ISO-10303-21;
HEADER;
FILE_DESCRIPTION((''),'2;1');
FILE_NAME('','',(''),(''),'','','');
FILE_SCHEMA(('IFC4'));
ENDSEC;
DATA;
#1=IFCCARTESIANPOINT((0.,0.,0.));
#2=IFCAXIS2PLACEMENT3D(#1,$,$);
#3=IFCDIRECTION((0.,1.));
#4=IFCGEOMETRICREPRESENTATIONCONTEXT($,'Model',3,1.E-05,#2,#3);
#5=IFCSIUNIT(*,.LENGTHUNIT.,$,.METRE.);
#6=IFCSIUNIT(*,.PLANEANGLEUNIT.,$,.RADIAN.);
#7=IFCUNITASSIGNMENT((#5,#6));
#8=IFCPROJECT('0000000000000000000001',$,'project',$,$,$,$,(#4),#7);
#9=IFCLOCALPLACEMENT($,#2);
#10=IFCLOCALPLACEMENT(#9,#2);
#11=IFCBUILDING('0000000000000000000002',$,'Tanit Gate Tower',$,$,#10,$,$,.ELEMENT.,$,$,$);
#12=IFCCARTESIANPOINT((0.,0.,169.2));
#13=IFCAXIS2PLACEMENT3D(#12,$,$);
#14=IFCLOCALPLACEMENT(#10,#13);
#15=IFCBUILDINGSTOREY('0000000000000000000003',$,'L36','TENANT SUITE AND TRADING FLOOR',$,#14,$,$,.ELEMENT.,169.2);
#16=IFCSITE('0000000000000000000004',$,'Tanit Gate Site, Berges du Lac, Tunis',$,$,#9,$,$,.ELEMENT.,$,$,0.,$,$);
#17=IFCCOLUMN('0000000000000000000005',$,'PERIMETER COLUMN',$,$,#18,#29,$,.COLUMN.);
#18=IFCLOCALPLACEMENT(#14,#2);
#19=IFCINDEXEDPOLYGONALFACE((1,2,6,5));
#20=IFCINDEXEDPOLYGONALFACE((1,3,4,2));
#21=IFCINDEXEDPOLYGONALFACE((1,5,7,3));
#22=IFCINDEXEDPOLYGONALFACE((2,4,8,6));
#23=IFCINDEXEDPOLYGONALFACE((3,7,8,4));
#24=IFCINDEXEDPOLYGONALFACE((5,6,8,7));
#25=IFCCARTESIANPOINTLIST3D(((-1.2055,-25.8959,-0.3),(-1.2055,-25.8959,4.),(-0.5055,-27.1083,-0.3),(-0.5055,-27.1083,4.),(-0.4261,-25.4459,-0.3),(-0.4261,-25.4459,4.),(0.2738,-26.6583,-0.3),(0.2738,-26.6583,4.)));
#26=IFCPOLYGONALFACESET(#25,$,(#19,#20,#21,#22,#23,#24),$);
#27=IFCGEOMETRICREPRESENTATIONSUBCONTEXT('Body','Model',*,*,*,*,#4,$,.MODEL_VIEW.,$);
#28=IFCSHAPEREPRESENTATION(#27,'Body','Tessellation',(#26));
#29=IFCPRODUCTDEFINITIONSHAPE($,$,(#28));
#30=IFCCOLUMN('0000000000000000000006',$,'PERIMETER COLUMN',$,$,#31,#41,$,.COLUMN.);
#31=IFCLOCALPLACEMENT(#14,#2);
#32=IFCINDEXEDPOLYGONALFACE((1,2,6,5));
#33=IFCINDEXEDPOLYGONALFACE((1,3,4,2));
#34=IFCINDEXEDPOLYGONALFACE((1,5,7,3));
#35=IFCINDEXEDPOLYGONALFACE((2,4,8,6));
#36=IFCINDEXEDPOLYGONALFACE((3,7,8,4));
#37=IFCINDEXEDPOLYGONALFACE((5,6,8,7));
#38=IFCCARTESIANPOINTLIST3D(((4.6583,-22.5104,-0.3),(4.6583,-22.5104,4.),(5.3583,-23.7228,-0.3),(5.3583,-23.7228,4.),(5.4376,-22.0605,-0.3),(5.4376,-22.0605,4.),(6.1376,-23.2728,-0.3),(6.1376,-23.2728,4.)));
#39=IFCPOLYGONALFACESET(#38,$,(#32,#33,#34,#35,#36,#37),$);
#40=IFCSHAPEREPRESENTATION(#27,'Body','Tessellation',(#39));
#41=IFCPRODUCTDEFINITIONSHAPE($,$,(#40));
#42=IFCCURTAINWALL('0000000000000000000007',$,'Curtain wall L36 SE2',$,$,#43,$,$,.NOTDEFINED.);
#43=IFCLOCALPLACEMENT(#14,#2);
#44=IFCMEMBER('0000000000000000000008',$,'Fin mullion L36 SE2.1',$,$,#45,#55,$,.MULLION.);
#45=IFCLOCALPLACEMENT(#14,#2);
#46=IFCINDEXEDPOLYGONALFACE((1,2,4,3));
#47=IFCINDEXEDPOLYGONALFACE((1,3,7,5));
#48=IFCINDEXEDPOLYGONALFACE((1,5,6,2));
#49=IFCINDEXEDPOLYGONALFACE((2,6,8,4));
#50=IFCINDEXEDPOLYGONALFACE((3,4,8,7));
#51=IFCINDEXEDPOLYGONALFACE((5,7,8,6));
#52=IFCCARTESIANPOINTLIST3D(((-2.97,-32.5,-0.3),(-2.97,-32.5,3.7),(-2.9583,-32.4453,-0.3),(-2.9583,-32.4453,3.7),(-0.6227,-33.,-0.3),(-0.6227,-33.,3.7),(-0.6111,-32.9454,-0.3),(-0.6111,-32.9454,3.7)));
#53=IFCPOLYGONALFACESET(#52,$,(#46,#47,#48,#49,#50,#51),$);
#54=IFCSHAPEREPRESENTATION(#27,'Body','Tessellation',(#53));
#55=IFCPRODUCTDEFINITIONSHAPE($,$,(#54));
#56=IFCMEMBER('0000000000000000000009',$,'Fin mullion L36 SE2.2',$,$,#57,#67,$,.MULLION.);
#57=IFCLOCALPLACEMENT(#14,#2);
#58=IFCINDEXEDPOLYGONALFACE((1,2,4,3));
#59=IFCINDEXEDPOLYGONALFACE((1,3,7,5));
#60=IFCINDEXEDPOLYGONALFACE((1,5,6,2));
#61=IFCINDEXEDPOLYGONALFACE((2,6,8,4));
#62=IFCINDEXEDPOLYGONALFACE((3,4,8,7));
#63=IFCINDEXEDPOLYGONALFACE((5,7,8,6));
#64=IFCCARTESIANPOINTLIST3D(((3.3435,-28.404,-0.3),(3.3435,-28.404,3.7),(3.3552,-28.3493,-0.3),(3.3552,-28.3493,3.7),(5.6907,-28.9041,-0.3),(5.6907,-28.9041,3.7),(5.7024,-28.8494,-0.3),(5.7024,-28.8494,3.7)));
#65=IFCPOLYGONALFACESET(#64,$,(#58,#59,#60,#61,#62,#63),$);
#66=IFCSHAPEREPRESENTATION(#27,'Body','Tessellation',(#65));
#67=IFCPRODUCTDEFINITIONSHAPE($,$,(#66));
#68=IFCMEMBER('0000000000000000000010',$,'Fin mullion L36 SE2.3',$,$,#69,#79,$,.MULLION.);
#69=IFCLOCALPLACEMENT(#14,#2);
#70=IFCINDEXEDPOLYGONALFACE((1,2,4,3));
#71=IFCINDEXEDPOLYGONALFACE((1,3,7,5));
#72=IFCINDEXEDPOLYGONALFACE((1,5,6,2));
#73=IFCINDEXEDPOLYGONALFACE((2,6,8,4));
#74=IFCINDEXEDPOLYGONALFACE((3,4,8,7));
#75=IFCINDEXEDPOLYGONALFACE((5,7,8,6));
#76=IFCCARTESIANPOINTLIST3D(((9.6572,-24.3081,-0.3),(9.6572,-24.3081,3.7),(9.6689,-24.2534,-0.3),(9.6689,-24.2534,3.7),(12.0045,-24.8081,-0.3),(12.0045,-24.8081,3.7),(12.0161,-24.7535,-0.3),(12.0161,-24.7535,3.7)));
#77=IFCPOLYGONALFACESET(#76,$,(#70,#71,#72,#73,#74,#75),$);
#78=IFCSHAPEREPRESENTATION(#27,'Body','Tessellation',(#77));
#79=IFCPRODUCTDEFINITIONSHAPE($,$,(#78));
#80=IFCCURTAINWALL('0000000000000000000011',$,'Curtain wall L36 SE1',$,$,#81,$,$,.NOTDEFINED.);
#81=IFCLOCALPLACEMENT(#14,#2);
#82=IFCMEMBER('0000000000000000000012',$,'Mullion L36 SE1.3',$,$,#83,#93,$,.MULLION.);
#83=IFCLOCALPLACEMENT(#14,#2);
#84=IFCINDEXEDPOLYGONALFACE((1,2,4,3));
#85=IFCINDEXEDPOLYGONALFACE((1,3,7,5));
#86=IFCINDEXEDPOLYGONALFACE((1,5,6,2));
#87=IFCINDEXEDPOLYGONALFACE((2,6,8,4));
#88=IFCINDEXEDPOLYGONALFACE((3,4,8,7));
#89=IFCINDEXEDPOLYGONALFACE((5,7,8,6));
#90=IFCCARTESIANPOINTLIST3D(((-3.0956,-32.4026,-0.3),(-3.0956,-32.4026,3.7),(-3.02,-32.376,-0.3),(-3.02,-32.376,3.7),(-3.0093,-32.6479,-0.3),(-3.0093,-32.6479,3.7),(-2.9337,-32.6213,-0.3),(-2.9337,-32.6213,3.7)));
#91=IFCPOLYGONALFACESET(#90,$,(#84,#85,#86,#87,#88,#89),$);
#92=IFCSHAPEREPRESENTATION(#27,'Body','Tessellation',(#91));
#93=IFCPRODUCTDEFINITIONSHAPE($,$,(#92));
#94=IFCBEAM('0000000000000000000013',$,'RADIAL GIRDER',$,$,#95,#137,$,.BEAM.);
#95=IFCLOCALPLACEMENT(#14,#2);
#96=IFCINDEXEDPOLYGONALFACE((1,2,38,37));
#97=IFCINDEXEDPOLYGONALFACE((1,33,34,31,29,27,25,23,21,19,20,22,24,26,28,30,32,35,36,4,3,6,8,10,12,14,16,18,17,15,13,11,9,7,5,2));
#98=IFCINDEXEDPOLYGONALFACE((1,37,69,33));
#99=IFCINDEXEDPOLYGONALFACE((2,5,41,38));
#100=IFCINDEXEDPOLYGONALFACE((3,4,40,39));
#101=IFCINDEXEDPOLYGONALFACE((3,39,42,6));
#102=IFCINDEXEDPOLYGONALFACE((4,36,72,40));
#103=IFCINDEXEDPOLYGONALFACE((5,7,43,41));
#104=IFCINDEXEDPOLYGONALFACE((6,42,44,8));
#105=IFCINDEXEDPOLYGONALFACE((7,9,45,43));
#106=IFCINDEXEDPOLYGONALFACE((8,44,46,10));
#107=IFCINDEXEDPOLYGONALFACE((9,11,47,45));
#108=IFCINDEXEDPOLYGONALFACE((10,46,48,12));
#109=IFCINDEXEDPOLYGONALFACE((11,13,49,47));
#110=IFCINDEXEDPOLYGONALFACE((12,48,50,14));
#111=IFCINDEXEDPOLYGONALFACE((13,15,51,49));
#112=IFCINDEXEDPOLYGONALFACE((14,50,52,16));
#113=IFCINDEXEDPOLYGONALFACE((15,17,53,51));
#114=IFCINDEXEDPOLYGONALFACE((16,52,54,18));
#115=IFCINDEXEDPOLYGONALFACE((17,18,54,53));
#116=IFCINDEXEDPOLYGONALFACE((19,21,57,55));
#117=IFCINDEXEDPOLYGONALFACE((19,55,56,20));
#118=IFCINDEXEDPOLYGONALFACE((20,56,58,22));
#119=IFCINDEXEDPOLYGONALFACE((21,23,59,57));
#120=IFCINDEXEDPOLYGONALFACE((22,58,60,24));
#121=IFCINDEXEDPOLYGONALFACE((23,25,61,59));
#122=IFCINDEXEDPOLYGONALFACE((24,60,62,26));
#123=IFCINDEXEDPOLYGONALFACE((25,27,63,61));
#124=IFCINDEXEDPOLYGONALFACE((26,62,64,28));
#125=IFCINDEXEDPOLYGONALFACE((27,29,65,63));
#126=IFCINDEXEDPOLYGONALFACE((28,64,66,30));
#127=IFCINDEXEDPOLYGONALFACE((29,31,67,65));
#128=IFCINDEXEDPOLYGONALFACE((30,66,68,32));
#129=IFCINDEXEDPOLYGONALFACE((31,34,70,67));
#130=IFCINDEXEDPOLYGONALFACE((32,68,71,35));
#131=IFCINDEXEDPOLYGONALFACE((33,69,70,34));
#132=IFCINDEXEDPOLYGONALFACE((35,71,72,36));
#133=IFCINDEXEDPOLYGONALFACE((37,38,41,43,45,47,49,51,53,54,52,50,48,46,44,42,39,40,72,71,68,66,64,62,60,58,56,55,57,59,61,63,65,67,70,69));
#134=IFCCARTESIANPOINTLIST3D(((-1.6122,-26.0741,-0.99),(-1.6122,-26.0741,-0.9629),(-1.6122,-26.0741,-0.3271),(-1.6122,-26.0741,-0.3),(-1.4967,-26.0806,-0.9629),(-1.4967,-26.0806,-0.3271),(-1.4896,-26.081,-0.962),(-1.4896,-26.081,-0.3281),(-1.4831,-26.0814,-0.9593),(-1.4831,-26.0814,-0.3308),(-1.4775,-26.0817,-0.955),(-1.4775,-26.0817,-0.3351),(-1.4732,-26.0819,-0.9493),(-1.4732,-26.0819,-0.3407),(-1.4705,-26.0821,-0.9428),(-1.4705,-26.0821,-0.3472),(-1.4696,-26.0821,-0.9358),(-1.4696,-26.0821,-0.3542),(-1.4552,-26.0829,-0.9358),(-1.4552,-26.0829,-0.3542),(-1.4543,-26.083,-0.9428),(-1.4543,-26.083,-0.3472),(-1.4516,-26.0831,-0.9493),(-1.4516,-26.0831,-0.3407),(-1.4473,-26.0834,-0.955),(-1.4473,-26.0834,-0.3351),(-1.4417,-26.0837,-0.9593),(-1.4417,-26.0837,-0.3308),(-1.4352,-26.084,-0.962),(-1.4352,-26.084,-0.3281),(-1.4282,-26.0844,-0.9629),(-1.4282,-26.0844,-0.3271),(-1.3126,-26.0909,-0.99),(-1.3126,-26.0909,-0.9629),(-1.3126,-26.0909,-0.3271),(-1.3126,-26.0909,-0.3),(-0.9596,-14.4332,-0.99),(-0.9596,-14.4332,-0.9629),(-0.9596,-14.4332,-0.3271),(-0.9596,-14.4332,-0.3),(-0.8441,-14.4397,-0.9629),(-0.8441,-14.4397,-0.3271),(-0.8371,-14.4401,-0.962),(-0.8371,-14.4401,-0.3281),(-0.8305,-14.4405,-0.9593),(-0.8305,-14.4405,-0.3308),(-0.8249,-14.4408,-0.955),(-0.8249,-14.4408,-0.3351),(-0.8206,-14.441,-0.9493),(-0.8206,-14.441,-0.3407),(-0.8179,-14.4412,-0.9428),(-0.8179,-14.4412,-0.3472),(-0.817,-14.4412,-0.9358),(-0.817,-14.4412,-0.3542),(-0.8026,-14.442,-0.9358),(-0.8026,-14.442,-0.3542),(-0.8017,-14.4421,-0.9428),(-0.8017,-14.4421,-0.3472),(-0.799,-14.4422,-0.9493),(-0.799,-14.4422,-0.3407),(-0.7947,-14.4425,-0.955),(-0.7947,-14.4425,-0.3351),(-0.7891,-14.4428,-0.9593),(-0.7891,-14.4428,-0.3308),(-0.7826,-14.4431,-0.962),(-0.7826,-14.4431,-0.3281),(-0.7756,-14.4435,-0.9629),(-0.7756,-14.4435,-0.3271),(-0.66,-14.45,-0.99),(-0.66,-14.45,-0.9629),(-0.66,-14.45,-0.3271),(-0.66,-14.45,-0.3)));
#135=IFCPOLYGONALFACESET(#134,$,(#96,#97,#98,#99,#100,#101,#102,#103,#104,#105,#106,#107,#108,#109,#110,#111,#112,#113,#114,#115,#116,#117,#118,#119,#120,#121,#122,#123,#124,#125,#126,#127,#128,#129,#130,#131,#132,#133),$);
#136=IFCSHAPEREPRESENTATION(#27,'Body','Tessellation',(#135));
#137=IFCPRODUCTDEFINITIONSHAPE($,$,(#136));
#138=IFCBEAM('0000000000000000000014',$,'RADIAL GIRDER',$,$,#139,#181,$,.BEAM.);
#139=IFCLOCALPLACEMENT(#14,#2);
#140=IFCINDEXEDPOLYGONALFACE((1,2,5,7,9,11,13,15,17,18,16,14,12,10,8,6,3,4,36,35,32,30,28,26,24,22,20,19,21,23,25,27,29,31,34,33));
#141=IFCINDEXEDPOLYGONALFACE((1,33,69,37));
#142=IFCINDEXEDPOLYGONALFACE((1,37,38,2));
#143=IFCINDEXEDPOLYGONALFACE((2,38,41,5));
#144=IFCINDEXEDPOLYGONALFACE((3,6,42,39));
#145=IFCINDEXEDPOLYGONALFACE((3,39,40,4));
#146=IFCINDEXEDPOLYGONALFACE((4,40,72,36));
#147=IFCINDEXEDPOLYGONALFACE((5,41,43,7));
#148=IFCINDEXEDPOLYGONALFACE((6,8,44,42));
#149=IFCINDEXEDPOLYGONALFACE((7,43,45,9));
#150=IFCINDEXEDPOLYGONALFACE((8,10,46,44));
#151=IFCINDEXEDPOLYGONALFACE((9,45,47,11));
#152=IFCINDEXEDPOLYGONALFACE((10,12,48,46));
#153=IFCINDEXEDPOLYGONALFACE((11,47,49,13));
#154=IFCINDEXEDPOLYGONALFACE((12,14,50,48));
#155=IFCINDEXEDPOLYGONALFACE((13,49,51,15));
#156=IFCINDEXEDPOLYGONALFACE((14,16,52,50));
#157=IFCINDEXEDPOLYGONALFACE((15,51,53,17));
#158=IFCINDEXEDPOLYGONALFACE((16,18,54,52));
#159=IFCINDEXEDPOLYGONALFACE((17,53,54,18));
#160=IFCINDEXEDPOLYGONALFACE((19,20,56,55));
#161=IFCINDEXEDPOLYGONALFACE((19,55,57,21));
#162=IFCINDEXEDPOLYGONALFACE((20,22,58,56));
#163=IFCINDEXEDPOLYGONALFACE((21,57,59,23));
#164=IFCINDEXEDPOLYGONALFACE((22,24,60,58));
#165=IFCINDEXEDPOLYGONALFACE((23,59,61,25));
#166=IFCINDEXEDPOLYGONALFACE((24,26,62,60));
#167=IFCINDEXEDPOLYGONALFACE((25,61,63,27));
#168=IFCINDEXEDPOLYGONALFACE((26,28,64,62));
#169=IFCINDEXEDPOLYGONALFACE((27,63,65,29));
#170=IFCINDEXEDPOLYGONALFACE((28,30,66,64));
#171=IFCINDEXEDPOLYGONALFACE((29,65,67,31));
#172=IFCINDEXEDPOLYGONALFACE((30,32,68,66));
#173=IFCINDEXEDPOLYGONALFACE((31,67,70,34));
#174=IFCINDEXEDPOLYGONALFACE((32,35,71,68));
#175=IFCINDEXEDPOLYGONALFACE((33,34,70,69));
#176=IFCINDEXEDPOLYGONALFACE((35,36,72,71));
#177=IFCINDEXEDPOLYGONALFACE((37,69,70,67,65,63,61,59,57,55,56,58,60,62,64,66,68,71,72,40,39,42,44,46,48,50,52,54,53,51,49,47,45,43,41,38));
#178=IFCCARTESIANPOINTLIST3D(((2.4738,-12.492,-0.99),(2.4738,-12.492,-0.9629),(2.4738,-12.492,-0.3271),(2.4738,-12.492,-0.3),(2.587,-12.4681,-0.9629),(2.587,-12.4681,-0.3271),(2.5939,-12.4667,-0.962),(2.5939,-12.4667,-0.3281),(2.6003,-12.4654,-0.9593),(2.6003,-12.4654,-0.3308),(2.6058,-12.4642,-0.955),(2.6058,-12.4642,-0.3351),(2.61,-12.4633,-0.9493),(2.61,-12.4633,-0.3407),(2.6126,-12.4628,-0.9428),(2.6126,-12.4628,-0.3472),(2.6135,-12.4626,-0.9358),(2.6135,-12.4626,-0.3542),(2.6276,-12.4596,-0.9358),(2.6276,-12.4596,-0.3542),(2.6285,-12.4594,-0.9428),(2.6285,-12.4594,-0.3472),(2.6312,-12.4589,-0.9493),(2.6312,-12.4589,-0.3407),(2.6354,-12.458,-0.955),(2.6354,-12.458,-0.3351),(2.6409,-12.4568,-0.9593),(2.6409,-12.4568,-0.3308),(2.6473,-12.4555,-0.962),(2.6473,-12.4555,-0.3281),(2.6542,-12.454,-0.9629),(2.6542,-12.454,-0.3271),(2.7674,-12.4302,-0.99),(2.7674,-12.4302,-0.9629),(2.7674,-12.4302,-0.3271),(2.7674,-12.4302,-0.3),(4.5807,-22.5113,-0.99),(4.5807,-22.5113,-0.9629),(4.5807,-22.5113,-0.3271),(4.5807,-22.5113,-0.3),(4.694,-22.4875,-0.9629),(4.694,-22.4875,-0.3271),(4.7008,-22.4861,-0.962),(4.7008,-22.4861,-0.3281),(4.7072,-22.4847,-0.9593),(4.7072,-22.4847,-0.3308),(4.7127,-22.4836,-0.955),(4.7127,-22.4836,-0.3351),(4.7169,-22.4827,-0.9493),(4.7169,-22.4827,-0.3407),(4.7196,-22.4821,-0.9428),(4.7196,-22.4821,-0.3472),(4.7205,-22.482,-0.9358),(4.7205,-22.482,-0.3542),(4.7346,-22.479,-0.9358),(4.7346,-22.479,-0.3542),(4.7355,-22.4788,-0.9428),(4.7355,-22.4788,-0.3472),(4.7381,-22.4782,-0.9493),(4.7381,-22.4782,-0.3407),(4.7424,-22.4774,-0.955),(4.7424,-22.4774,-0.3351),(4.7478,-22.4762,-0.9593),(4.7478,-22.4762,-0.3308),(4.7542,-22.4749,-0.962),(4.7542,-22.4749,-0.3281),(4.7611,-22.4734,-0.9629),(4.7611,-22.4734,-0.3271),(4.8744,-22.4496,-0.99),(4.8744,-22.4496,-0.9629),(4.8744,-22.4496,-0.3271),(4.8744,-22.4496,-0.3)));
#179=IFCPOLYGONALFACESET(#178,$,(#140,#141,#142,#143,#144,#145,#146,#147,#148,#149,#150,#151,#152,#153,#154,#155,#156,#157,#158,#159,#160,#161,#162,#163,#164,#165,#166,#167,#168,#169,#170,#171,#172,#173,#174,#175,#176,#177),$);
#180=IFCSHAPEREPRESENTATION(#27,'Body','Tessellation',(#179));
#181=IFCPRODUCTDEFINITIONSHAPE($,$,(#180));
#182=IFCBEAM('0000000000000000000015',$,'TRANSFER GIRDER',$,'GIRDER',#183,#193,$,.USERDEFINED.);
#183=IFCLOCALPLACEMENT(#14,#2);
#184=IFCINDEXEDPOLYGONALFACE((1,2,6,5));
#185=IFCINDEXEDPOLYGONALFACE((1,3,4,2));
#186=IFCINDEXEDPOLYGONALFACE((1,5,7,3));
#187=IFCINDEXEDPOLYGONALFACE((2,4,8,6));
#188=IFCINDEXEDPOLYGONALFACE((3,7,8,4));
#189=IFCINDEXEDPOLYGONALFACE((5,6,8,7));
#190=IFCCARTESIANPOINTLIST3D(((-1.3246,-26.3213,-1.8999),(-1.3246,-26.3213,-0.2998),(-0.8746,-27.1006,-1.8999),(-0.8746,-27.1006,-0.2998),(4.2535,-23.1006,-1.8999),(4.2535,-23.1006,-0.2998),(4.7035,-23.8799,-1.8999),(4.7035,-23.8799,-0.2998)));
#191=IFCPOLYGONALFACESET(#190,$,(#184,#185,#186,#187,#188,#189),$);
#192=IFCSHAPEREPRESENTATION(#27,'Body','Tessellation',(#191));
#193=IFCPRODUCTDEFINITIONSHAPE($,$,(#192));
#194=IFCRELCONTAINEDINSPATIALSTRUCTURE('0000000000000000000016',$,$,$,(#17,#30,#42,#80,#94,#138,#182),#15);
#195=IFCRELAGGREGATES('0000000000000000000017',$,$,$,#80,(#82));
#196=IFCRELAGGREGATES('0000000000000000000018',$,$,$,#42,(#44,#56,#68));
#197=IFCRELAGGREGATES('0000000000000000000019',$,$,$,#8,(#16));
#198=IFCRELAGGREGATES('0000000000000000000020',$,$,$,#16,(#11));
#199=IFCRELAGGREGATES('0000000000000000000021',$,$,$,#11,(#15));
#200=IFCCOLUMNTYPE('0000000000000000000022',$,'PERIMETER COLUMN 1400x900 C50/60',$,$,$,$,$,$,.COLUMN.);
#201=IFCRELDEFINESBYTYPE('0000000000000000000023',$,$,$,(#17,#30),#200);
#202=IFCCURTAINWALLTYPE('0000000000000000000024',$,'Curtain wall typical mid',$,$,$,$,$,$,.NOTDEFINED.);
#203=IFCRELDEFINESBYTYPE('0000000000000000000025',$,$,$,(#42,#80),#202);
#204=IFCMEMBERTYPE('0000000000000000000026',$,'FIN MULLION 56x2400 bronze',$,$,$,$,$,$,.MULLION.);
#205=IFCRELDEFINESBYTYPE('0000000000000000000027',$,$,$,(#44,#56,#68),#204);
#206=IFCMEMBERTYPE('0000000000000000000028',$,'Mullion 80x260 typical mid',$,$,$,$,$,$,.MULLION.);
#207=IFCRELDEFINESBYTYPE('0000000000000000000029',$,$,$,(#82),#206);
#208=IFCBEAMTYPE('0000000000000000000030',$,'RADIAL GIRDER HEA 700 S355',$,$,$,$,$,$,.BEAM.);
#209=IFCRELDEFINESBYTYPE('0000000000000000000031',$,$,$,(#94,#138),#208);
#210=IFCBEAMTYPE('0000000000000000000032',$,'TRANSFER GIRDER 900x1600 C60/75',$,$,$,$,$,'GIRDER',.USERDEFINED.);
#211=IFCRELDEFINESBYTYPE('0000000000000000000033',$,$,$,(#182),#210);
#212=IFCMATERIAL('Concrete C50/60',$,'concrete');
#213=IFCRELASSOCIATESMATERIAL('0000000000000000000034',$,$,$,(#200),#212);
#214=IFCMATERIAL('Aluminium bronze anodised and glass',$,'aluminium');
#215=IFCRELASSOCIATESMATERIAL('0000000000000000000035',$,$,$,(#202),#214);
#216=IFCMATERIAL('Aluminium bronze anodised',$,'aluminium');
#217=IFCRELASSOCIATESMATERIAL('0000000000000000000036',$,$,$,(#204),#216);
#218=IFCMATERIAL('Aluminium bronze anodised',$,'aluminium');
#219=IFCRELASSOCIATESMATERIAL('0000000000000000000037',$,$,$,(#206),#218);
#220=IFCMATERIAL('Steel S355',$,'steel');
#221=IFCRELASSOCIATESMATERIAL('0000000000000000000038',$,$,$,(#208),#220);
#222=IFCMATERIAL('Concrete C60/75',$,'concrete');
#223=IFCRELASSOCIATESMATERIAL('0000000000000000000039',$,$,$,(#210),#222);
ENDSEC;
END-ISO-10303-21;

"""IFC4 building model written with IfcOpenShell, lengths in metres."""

from ifc_helpers import new_model, si_unit, direction, frame, origin, origin_2d, place, context, subcontext, project, spatial, rectangle, i_section, extrude, material, material_profile, profile_set, type_object, element, aggregate, save


model = new_model("IFC4")

# Units and contexts
model_context = context("Model", 3, precision=1e-05, world=origin(), true_north=direction((0.0, 1.0)))
body_context = subcontext(model_context, "Body", "Model", "MODEL_VIEW")
ifc_project = project(units=[si_unit("LENGTHUNIT", "METRE"), si_unit("PLANEANGLEUNIT", "RADIAN")], contexts=[model_context])

# Site, building, storey
site_placement = place(None, origin())
site = spatial("IfcSite", under=ifc_project, at=site_placement, Name="Tanit Gate Site, Berges du Lac, Tunis", CompositionType="ELEMENT", RefElevation=0.0)
building_placement = place(site_placement, origin())
building = spatial("IfcBuilding", under=site, at=building_placement, Name="Tanit Gate Tower", CompositionType="ELEMENT")
storey_placement = place(building_placement, frame((0.0, 0.0, 169.2)))
storey = spatial("IfcBuildingStorey", under=building, at=storey_placement, Name="L36", Description="TENANT SUITE AND TRADING FLOOR", CompositionType="ELEMENT", Elevation=169.2)

# Columns
ifc_material_1 = material(Name="Concrete C50/60", Category="concrete")
ifc_material_profile_1 = material_profile(ifc_material_1, rectangle(XDim=1.3999, YDim=0.8999, at=origin_2d()), Name="RC 1400x900")
ifc_profile_set_1 = profile_set([ifc_material_profile_1], Name="Concrete C50/60")
column_type = type_object("IfcColumnType", Name="PERIMETER COLUMN 1400x900 C50/60", PredefinedType="COLUMN", material=ifc_profile_set_1)
for number, where, z_axis, x_axis, name in (
    (1, (-0.4658, -26.2771, -0.3), (0.0, 0.0, 1.0), (0.5, -0.866025, 0.0), "PERIMETER COLUMN"),
    (2, (5.3979, -22.8916, -0.3), (0.0, 0.0, 1.0), (0.5, -0.866025, 0.0), "PERIMETER COLUMN"),
):
    element("IfcColumn", number, at=place(storey_placement, frame(where, z_axis=z_axis, x_axis=x_axis)), inside=storey, type_object=column_type, Name=name, PredefinedType="COLUMN", context=body_context, shape_type="SweptSolid", body=[
        extrude(rectangle(XDim=1.3999, YDim=0.8999, at=origin_2d()), origin(), (0.0, 0.0, 1.0), 4.3),
    ])

# Curtain wall, members
ifc_material_2 = material(Name="Aluminium bronze anodised and glass", Category="aluminium")
curtain_wall_type = type_object("IfcCurtainWallType", Name="Curtain wall typical mid", PredefinedType="NOTDEFINED", material=ifc_material_2)
curtain_wall_1_placement = place(storey_placement, origin())
curtain_wall_1 = element("IfcCurtainWall", 3, at=curtain_wall_1_placement, inside=storey, type_object=curtain_wall_type, Name="Curtain wall L36 SE2", PredefinedType="NOTDEFINED")
ifc_material_3 = material(Name="Aluminium bronze anodised", Category="aluminium")
ifc_material_profile_2 = material_profile(ifc_material_3, rectangle(XDim=2.3999, YDim=0.0559, at=origin_2d()), Name="56x2400 bronze fin mullion")
ifc_profile_set_2 = profile_set([ifc_material_profile_2], Name="Aluminium bronze anodised")
member_type_1 = type_object("IfcMemberType", Name="FIN MULLION 56x2400 bronze", PredefinedType="MULLION", material=ifc_profile_set_2)
member_1_placement = place(storey_placement, frame((-1.7905, -32.7227, -0.3), z_axis=(0.0, 0.0, 1.0), x_axis=(-0.978049, 0.208373, 0.0)))
member_1 = element("IfcMember", 4, at=member_1_placement, type_object=member_type_1, Name="Fin mullion L36 SE2.1", PredefinedType="MULLION", context=body_context, shape_type="SweptSolid", body=[
    extrude(rectangle(XDim=2.3999, YDim=0.0559, at=origin_2d()), origin(), (0.0, 0.0, 1.0), 4.0),
])
member_2_placement = place(storey_placement, frame((4.5229, -28.6267, -0.3), z_axis=(0.0, 0.0, 1.0), x_axis=(-0.978049, 0.208373, 0.0)))
member_2 = element("IfcMember", 5, at=member_2_placement, type_object=member_type_1, Name="Fin mullion L36 SE2.2", PredefinedType="MULLION", context=body_context, shape_type="SweptSolid", body=[
    extrude(rectangle(XDim=2.3999, YDim=0.0559, at=origin_2d()), origin(), (0.0, 0.0, 1.0), 4.0),
])
member_3_placement = place(storey_placement, frame((10.8367, -24.5308, -0.3), z_axis=(0.0, 0.0, 1.0), x_axis=(-0.978049, 0.208373, 0.0)))
member_3 = element("IfcMember", 6, at=member_3_placement, type_object=member_type_1, Name="Fin mullion L36 SE2.3", PredefinedType="MULLION", context=body_context, shape_type="SweptSolid", body=[
    extrude(rectangle(XDim=2.3999, YDim=0.0559, at=origin_2d()), origin(), (0.0, 0.0, 1.0), 4.0),
])

# Curtain wall, member
curtain_wall_2_placement = place(storey_placement, origin())
curtain_wall_2 = element("IfcCurtainWall", 7, at=curtain_wall_2_placement, inside=storey, type_object=curtain_wall_type, Name="Curtain wall L36 SE1", PredefinedType="NOTDEFINED")
ifc_material_4 = material(Name="Aluminium bronze anodised", Category="aluminium")
ifc_material_profile_3 = material_profile(ifc_material_4, rectangle(XDim=0.26, YDim=0.0801, at=origin_2d()), Name="80x260 bronze mullion")
ifc_profile_set_3 = profile_set([ifc_material_profile_3], Name="Aluminium bronze anodised")
member_type_2 = type_object("IfcMemberType", Name="Mullion 80x260 typical mid", PredefinedType="MULLION", material=ifc_profile_set_3)
member_4_placement = place(storey_placement, frame((-3.0146, -32.512, -0.3), z_axis=(0.0, 0.0, 1.0), x_axis=(-0.331926, 0.943305, 0.0)))
member_4 = element("IfcMember", 8, at=member_4_placement, type_object=member_type_2, Name="Mullion L36 SE1.3", PredefinedType="MULLION", context=body_context, shape_type="SweptSolid", body=[
    extrude(rectangle(XDim=0.26, YDim=0.0801, at=origin_2d()), origin(), (0.0, 0.0, 1.0), 4.0),
])
aggregate(curtain_wall_2, [member_4])

# Beams
ifc_material_5 = material(Name="Steel S355", Category="steel")
ifc_material_profile_4 = material_profile(ifc_material_5, i_section(OverallWidth=0.3, OverallDepth=0.6899, WebThickness=0.0144, FlangeThickness=0.0271, FilletRadius=0.0271, at=origin_2d()), Name="HEA 700")
ifc_profile_set_4 = profile_set([ifc_material_profile_4], Name="Steel S355")
beam_type_1 = type_object("IfcBeamType", Name="RADIAL GIRDER HEA 700 S355", PredefinedType="BEAM", material=ifc_profile_set_4)
beam_1_placement = place(storey_placement, frame((-1.4624, -26.0825, -0.645), z_axis=(0.055972, 0.998432, 0.0), x_axis=(-0.998432, 0.055972, 0.0)))
element("IfcBeam", 9, at=beam_1_placement, inside=storey, type_object=beam_type_1, Name="RADIAL GIRDER", PredefinedType="BEAM", context=body_context, shape_type="SweptSolid", body=[
    extrude(i_section(OverallWidth=0.3, OverallDepth=0.6899, WebThickness=0.0144, FlangeThickness=0.0271, FilletRadius=0.0271, at=origin_2d()), origin(), (0.0, 0.0, 1.0), 11.6592),
])
beam_2_placement = place(storey_placement, frame((4.7275, -22.4805, -0.645), z_axis=(-0.205787, 0.978597, 0.0), x_axis=(-0.978597, -0.205787, 0.0)))
element("IfcBeam", 10, at=beam_2_placement, inside=storey, type_object=beam_type_1, Name="RADIAL GIRDER", PredefinedType="BEAM", context=body_context, shape_type="SweptSolid", body=[
    extrude(i_section(OverallWidth=0.3, OverallDepth=0.6899, WebThickness=0.0144, FlangeThickness=0.0271, FilletRadius=0.0271, at=origin_2d()), origin(), (0.0, 0.0, 1.0), 10.2385),
])
ifc_material_6 = material(Name="Concrete C60/75", Category="concrete")
ifc_material_profile_5 = material_profile(ifc_material_6, rectangle(XDim=0.8999, YDim=1.6001, at=origin_2d()), Name="RC 900x1600")
ifc_profile_set_5 = profile_set([ifc_material_profile_5], Name="Concrete C60/75")
beam_type_2 = type_object("IfcBeamType", Name="TRANSFER GIRDER 900x1600 C60/75", ElementType="GIRDER", PredefinedType="USERDEFINED", material=ifc_profile_set_5)
beam_3_placement = place(storey_placement, frame((-1.0996, -26.7109, -1.0999), z_axis=(0.866014, 0.50002, 0.0), x_axis=(-0.50002, 0.866014, 0.0)))
element("IfcBeam", 11, at=beam_3_placement, inside=storey, type_object=beam_type_2, Name="TRANSFER GIRDER", ObjectType="GIRDER", PredefinedType="USERDEFINED", context=body_context, shape_type="SweptSolid", body=[
    extrude(rectangle(XDim=0.8999, YDim=1.6001, at=origin_2d()), origin(), (0.0, 0.0, 1.0), 6.4412),
])

aggregate(curtain_wall_1, [member_1, member_2, member_3])

save(model, "model.ifc")
